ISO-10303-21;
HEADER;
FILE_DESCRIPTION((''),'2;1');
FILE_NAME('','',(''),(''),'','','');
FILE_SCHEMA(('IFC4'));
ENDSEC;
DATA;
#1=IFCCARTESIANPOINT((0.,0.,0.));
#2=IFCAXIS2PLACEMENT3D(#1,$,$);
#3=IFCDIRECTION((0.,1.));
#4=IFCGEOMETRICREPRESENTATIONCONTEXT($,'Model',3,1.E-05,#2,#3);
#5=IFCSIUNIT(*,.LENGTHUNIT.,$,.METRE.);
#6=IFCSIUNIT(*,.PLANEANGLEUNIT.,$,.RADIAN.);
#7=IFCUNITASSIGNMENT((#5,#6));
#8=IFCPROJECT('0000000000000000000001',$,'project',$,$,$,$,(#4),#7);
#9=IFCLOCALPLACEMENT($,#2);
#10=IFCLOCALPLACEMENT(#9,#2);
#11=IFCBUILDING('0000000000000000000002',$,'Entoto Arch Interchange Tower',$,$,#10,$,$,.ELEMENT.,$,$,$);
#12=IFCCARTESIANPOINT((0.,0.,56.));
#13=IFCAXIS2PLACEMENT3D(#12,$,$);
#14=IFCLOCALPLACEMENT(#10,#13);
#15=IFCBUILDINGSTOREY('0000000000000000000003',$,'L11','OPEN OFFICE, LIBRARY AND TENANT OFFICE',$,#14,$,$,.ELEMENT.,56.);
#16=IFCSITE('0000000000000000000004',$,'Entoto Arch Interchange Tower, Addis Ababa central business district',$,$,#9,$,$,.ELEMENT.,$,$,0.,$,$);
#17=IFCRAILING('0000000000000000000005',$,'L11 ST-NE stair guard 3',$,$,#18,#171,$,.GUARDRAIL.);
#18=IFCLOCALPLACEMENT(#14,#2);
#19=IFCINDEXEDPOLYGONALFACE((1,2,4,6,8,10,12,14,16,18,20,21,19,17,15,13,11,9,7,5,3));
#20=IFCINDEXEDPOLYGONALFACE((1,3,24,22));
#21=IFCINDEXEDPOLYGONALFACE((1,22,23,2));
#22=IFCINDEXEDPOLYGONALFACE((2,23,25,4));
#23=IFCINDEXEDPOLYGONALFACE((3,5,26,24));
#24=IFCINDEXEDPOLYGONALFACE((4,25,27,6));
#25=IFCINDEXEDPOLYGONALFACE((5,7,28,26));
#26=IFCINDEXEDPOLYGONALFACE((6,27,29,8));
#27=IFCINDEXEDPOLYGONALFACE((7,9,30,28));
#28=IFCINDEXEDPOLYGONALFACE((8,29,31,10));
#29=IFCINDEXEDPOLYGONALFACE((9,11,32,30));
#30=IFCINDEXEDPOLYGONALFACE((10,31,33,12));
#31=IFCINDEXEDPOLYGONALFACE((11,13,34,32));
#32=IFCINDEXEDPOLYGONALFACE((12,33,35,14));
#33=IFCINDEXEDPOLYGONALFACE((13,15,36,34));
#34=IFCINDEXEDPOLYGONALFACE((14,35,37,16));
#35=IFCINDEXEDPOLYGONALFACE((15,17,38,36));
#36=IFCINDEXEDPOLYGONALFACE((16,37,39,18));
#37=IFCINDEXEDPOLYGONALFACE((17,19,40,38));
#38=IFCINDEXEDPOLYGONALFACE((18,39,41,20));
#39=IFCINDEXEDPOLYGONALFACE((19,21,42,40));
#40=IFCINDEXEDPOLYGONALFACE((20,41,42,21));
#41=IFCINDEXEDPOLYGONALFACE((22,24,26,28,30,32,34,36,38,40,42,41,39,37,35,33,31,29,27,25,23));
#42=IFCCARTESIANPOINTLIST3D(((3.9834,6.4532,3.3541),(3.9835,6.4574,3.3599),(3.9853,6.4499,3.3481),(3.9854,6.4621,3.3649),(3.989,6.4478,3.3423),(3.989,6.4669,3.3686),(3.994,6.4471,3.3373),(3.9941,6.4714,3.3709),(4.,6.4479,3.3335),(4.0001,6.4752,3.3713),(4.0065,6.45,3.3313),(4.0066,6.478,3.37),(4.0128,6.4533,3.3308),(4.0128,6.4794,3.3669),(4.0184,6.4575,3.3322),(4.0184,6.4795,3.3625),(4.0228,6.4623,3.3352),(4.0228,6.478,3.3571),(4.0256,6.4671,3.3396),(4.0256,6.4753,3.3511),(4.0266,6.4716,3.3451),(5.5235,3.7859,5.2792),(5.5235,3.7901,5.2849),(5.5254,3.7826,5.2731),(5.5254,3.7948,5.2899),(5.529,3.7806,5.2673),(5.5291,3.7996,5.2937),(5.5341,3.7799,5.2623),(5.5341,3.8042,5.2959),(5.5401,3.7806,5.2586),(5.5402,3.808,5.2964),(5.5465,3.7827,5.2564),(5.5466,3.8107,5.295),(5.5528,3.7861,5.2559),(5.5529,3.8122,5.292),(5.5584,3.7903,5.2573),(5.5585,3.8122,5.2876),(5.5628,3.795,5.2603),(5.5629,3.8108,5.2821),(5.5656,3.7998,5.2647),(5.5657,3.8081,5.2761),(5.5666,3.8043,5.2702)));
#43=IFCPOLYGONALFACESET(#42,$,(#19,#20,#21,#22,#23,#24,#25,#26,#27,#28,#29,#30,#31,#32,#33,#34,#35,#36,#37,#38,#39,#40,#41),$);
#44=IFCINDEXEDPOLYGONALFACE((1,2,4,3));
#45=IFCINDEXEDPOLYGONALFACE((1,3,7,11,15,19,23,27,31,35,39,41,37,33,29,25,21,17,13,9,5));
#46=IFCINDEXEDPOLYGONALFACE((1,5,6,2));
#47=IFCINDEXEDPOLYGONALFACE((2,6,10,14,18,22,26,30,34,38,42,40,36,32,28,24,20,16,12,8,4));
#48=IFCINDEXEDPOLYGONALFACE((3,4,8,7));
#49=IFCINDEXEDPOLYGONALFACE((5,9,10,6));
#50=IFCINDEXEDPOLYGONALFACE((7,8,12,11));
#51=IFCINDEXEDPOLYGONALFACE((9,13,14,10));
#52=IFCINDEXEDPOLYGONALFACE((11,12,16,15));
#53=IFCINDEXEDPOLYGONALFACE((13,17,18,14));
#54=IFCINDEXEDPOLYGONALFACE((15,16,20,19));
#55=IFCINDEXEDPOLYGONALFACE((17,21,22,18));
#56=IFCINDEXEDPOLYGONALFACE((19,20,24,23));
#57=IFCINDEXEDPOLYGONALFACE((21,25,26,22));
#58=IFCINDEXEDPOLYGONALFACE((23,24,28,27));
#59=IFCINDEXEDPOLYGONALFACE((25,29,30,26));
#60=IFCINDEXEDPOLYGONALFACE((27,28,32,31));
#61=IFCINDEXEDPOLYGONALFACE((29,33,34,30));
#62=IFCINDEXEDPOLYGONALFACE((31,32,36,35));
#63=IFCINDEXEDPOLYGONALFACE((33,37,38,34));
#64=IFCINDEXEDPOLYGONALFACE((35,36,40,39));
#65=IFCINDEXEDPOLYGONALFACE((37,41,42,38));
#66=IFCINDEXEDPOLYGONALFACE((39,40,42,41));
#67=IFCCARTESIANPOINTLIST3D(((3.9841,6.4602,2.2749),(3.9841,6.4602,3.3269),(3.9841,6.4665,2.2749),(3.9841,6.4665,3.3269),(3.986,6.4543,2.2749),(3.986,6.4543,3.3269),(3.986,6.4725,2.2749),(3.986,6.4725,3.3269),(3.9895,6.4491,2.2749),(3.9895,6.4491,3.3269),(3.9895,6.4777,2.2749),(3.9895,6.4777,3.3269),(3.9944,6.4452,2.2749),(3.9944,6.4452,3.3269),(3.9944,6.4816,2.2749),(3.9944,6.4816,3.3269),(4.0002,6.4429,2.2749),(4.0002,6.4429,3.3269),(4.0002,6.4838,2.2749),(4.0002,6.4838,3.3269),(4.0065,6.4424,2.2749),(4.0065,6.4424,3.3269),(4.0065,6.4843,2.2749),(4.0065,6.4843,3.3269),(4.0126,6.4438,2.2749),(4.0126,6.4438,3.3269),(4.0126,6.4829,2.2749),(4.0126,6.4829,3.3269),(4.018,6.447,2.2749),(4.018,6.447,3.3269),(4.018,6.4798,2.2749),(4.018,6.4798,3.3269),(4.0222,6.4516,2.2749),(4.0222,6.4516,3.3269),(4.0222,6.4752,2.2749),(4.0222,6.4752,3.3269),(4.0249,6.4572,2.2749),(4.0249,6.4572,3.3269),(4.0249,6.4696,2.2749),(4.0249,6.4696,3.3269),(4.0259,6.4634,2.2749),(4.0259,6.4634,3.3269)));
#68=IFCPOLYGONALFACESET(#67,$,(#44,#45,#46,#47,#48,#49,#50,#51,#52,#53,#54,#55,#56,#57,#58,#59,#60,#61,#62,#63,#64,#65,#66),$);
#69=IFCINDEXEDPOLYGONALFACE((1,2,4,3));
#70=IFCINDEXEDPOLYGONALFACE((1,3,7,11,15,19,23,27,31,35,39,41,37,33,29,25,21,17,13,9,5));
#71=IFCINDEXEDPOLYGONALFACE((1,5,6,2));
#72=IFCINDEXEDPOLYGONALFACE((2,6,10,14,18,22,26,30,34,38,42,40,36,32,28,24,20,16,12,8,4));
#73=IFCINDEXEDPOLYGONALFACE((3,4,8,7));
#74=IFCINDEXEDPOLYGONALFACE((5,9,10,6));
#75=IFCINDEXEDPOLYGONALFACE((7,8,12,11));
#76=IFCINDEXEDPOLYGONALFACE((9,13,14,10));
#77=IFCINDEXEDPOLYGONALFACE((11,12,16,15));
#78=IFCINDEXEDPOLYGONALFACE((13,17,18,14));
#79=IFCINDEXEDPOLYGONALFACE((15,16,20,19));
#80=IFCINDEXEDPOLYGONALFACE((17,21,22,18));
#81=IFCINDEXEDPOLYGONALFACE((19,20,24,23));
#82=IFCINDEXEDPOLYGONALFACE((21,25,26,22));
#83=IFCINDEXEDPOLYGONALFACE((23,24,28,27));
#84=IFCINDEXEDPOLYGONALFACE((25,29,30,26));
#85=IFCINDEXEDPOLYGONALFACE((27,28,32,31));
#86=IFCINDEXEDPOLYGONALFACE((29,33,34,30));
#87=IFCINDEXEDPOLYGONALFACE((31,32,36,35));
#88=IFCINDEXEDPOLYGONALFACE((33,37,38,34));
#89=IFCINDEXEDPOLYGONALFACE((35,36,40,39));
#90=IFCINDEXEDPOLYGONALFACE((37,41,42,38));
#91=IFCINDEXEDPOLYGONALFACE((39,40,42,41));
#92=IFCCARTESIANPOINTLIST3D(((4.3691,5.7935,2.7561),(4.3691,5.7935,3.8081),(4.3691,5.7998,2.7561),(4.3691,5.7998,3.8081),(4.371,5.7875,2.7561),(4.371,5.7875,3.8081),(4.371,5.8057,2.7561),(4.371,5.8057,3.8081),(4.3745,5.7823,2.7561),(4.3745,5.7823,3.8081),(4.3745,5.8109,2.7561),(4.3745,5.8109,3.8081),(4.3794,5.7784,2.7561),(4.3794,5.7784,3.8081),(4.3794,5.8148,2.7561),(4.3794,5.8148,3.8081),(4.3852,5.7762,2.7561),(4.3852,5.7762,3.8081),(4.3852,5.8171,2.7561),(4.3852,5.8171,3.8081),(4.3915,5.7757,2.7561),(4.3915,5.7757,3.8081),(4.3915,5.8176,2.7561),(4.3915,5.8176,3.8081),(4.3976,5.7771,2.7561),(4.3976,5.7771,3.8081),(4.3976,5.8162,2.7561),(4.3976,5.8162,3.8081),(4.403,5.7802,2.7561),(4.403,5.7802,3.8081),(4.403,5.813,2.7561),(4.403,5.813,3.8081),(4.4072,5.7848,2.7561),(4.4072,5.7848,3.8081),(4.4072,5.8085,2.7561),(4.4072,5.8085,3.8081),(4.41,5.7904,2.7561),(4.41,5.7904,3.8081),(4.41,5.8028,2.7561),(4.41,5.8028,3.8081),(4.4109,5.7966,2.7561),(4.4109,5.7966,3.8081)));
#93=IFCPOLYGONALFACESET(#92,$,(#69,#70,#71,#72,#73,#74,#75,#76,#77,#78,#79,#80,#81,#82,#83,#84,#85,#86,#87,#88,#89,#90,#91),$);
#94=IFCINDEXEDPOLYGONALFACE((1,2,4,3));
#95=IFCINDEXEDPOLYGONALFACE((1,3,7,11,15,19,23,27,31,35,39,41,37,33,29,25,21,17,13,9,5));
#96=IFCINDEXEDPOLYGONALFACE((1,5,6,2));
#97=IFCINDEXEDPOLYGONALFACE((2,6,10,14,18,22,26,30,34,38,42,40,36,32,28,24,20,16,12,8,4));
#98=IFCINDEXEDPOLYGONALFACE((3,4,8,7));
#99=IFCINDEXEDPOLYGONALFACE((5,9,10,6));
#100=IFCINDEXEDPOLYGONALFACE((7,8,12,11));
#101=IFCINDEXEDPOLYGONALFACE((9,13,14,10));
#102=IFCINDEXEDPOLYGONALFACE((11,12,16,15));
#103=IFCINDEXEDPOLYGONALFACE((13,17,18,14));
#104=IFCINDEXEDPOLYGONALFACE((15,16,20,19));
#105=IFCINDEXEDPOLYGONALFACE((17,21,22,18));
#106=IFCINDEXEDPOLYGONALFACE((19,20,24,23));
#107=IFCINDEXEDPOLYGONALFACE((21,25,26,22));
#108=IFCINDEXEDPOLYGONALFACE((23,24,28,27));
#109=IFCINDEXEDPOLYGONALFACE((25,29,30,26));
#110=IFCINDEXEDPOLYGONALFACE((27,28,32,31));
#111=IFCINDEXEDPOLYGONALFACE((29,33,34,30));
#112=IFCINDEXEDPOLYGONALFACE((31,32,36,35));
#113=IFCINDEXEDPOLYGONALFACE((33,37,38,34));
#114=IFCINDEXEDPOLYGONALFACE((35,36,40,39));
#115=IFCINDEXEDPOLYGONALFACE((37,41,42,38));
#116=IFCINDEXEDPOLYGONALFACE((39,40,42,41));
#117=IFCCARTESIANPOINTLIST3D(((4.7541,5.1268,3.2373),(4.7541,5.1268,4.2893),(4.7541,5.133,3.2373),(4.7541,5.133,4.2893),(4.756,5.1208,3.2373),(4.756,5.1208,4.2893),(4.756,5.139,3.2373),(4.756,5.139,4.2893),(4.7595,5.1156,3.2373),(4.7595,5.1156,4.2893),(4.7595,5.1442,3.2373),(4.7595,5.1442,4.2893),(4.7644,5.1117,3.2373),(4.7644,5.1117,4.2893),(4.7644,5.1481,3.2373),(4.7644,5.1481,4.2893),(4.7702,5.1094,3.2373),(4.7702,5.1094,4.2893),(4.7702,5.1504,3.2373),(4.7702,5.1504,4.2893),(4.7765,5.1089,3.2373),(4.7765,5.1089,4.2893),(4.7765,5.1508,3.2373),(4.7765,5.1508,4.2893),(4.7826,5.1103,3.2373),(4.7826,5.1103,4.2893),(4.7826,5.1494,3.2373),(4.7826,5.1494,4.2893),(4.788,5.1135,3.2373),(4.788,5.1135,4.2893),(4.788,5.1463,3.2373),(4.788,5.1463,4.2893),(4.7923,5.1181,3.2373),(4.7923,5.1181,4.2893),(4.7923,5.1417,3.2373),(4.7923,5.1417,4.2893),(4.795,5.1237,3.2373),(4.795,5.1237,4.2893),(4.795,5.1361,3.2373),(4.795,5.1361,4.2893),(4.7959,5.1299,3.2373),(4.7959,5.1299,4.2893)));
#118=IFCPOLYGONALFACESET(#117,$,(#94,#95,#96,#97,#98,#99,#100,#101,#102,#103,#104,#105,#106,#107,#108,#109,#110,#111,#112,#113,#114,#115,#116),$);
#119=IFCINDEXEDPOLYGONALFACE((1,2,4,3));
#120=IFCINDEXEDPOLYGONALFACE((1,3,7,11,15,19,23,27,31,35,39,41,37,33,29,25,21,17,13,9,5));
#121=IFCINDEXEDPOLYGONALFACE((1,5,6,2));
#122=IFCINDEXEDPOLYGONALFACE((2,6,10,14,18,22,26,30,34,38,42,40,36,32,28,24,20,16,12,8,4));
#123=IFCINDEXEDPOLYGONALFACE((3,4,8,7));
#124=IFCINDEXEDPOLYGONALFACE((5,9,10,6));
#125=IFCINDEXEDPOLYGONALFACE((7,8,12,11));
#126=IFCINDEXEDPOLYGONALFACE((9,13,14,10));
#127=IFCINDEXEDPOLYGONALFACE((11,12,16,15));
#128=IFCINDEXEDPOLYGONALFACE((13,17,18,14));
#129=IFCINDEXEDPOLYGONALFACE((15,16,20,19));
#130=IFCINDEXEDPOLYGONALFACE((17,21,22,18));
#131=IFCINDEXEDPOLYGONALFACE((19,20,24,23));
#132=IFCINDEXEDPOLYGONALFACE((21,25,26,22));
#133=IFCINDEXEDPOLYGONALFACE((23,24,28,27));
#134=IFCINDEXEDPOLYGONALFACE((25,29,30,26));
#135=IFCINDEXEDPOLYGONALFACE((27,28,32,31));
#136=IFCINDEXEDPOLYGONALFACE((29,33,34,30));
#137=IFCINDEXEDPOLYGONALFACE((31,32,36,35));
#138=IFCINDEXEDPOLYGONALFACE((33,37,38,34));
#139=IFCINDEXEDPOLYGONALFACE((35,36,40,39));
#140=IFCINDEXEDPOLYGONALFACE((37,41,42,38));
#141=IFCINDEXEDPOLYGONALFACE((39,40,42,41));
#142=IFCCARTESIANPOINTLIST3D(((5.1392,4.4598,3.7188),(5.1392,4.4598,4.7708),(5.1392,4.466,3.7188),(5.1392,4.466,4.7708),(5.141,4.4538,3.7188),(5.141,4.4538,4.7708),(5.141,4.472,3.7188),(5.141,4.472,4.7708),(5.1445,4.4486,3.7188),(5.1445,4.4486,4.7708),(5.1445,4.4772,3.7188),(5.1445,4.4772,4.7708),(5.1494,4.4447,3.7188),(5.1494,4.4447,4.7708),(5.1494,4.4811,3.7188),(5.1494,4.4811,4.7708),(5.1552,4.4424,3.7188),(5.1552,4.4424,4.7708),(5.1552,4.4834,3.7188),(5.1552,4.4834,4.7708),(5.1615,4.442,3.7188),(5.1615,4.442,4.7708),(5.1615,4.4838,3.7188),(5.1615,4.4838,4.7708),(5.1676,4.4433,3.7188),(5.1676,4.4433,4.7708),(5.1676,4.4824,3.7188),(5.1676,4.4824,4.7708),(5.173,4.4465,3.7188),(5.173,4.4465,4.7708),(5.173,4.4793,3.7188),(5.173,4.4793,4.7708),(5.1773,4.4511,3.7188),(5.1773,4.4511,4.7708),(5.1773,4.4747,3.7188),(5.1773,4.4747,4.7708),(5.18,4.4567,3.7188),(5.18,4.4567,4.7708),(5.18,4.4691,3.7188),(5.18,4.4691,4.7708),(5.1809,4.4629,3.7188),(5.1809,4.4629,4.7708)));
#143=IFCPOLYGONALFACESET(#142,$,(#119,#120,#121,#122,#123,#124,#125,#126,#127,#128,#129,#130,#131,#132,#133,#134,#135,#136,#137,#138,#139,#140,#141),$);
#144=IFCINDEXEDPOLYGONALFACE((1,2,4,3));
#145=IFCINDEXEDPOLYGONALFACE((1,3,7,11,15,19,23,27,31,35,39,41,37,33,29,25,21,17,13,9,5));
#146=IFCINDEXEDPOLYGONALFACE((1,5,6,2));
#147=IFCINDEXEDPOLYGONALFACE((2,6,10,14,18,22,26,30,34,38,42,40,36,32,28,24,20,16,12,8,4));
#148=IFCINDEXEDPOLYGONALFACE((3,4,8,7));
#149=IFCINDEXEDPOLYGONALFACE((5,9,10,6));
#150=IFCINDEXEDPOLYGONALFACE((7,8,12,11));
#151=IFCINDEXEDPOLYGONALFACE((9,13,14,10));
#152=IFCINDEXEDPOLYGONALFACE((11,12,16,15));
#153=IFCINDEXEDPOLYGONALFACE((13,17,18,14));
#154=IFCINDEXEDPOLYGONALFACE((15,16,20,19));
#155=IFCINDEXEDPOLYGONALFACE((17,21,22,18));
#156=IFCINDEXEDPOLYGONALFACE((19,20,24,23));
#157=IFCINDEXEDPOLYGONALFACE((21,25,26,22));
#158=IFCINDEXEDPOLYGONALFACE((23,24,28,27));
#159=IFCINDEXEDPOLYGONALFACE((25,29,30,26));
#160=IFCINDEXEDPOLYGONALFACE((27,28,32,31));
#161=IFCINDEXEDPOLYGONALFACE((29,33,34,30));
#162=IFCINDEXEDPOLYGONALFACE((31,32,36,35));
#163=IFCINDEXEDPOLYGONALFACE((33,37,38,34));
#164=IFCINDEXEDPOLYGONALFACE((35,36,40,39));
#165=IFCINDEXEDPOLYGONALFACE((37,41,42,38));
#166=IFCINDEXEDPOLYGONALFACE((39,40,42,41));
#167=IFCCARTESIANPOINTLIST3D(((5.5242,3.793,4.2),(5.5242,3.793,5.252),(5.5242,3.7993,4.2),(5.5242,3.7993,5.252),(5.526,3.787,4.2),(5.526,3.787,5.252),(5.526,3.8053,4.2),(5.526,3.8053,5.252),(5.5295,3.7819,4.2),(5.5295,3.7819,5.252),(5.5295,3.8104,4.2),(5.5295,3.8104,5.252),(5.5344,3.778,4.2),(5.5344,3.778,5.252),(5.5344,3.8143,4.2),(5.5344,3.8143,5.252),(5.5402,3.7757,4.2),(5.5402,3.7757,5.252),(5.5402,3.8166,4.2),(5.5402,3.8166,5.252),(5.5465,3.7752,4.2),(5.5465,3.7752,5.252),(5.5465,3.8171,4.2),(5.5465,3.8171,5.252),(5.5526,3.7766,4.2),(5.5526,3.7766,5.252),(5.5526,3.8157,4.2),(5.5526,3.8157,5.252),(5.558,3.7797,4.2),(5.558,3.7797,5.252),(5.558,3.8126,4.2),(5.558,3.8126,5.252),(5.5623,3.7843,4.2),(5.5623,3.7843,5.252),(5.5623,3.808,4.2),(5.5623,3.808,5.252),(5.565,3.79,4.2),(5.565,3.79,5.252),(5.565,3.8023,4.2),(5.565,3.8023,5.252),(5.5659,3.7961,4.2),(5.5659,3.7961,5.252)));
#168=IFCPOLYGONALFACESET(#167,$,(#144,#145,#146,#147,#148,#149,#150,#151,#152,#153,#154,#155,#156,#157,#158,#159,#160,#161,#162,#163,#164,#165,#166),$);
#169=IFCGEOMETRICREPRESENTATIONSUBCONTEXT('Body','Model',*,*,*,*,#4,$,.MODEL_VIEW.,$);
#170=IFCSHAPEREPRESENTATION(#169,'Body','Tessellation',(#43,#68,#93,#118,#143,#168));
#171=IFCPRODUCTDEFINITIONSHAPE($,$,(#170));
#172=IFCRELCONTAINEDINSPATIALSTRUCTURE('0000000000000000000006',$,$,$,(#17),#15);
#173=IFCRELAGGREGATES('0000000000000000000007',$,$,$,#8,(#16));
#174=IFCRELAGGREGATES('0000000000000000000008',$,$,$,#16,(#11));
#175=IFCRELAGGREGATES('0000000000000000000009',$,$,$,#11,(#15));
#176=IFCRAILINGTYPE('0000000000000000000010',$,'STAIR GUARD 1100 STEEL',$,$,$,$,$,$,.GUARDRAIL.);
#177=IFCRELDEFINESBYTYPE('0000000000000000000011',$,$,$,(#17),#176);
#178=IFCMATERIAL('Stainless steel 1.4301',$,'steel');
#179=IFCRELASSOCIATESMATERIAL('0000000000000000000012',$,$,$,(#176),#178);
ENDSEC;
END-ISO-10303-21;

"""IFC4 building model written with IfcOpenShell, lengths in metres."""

from ifc_helpers import new_model, si_unit, direction, frame, origin, origin_2d, place, context, subcontext, project, spatial, circle, extrude, material, type_object, element, save


model = new_model("IFC4")

# Units and contexts
model_context = context("Model", 3, precision=1e-05, world=origin(), true_north=direction((0.0, 1.0)))
body_context = subcontext(model_context, "Body", "Model", "MODEL_VIEW")
ifc_project = project(units=[si_unit("LENGTHUNIT", "METRE"), si_unit("PLANEANGLEUNIT", "RADIAN")], contexts=[model_context])

# Site, building, storey
site_placement = place(None, origin())
site = spatial("IfcSite", under=ifc_project, at=site_placement, Name="Entoto Arch Interchange Tower, Addis Ababa central business district", CompositionType="ELEMENT", RefElevation=0.0)
building_placement = place(site_placement, origin())
building = spatial("IfcBuilding", under=site, at=building_placement, Name="Entoto Arch Interchange Tower", CompositionType="ELEMENT")
storey_placement = place(building_placement, frame((0.0, 0.0, 56.0)))
storey = spatial("IfcBuildingStorey", under=building, at=storey_placement, Name="L11", Description="OPEN OFFICE, LIBRARY AND TENANT OFFICE", CompositionType="ELEMENT", Elevation=56.0)

# Railing
ifc_material_1 = material(Name="Stainless steel 1.4301", Category="steel")
railing_type_1 = type_object("IfcRailingType", Name="STAIR GUARD 1100 STEEL", PredefinedType="GUARDRAIL", material=ifc_material_1)
railing_1_placement = place(storey_placement, frame((4.0049, 6.4634, 2.2749)))
element("IfcRailing", 1, at=railing_1_placement, inside=storey, type_object=railing_type_1, Name="L11 ST-NE stair guard 3", PredefinedType="GUARDRAIL", context=body_context, shape_type="SweptSolid", body=[
    extrude(circle(Radius=0.0239, at=origin_2d()), frame((0.0, 0.0, 1.0762), z_axis=(0.424015, -0.734364, 0.530019), x_axis=(0.86601, 0.500027, 0.0)), (0.0, 0.0, 1.0), 3.6321),
    extrude(circle(Radius=0.021, at=origin_2d()), origin(), (0.0, 0.0, 1.0), 1.052),
    extrude(circle(Radius=0.021, at=origin_2d()), frame((0.385, -0.6667, 0.4812)), (0.0, 0.0, 1.0), 1.052),
    extrude(circle(Radius=0.021, at=origin_2d()), frame((0.77, -1.3335, 0.9624)), (0.0, 0.0, 1.0), 1.052),
    extrude(circle(Radius=0.021, at=origin_2d()), frame((1.155, -2.0005, 1.4438)), (0.0, 0.0, 1.0), 1.052),
    extrude(circle(Radius=0.021, at=origin_2d()), frame((1.54, -2.6672, 1.925)), (0.0, 0.0, 1.0), 1.052),
])

save(model, "model.ifc")
